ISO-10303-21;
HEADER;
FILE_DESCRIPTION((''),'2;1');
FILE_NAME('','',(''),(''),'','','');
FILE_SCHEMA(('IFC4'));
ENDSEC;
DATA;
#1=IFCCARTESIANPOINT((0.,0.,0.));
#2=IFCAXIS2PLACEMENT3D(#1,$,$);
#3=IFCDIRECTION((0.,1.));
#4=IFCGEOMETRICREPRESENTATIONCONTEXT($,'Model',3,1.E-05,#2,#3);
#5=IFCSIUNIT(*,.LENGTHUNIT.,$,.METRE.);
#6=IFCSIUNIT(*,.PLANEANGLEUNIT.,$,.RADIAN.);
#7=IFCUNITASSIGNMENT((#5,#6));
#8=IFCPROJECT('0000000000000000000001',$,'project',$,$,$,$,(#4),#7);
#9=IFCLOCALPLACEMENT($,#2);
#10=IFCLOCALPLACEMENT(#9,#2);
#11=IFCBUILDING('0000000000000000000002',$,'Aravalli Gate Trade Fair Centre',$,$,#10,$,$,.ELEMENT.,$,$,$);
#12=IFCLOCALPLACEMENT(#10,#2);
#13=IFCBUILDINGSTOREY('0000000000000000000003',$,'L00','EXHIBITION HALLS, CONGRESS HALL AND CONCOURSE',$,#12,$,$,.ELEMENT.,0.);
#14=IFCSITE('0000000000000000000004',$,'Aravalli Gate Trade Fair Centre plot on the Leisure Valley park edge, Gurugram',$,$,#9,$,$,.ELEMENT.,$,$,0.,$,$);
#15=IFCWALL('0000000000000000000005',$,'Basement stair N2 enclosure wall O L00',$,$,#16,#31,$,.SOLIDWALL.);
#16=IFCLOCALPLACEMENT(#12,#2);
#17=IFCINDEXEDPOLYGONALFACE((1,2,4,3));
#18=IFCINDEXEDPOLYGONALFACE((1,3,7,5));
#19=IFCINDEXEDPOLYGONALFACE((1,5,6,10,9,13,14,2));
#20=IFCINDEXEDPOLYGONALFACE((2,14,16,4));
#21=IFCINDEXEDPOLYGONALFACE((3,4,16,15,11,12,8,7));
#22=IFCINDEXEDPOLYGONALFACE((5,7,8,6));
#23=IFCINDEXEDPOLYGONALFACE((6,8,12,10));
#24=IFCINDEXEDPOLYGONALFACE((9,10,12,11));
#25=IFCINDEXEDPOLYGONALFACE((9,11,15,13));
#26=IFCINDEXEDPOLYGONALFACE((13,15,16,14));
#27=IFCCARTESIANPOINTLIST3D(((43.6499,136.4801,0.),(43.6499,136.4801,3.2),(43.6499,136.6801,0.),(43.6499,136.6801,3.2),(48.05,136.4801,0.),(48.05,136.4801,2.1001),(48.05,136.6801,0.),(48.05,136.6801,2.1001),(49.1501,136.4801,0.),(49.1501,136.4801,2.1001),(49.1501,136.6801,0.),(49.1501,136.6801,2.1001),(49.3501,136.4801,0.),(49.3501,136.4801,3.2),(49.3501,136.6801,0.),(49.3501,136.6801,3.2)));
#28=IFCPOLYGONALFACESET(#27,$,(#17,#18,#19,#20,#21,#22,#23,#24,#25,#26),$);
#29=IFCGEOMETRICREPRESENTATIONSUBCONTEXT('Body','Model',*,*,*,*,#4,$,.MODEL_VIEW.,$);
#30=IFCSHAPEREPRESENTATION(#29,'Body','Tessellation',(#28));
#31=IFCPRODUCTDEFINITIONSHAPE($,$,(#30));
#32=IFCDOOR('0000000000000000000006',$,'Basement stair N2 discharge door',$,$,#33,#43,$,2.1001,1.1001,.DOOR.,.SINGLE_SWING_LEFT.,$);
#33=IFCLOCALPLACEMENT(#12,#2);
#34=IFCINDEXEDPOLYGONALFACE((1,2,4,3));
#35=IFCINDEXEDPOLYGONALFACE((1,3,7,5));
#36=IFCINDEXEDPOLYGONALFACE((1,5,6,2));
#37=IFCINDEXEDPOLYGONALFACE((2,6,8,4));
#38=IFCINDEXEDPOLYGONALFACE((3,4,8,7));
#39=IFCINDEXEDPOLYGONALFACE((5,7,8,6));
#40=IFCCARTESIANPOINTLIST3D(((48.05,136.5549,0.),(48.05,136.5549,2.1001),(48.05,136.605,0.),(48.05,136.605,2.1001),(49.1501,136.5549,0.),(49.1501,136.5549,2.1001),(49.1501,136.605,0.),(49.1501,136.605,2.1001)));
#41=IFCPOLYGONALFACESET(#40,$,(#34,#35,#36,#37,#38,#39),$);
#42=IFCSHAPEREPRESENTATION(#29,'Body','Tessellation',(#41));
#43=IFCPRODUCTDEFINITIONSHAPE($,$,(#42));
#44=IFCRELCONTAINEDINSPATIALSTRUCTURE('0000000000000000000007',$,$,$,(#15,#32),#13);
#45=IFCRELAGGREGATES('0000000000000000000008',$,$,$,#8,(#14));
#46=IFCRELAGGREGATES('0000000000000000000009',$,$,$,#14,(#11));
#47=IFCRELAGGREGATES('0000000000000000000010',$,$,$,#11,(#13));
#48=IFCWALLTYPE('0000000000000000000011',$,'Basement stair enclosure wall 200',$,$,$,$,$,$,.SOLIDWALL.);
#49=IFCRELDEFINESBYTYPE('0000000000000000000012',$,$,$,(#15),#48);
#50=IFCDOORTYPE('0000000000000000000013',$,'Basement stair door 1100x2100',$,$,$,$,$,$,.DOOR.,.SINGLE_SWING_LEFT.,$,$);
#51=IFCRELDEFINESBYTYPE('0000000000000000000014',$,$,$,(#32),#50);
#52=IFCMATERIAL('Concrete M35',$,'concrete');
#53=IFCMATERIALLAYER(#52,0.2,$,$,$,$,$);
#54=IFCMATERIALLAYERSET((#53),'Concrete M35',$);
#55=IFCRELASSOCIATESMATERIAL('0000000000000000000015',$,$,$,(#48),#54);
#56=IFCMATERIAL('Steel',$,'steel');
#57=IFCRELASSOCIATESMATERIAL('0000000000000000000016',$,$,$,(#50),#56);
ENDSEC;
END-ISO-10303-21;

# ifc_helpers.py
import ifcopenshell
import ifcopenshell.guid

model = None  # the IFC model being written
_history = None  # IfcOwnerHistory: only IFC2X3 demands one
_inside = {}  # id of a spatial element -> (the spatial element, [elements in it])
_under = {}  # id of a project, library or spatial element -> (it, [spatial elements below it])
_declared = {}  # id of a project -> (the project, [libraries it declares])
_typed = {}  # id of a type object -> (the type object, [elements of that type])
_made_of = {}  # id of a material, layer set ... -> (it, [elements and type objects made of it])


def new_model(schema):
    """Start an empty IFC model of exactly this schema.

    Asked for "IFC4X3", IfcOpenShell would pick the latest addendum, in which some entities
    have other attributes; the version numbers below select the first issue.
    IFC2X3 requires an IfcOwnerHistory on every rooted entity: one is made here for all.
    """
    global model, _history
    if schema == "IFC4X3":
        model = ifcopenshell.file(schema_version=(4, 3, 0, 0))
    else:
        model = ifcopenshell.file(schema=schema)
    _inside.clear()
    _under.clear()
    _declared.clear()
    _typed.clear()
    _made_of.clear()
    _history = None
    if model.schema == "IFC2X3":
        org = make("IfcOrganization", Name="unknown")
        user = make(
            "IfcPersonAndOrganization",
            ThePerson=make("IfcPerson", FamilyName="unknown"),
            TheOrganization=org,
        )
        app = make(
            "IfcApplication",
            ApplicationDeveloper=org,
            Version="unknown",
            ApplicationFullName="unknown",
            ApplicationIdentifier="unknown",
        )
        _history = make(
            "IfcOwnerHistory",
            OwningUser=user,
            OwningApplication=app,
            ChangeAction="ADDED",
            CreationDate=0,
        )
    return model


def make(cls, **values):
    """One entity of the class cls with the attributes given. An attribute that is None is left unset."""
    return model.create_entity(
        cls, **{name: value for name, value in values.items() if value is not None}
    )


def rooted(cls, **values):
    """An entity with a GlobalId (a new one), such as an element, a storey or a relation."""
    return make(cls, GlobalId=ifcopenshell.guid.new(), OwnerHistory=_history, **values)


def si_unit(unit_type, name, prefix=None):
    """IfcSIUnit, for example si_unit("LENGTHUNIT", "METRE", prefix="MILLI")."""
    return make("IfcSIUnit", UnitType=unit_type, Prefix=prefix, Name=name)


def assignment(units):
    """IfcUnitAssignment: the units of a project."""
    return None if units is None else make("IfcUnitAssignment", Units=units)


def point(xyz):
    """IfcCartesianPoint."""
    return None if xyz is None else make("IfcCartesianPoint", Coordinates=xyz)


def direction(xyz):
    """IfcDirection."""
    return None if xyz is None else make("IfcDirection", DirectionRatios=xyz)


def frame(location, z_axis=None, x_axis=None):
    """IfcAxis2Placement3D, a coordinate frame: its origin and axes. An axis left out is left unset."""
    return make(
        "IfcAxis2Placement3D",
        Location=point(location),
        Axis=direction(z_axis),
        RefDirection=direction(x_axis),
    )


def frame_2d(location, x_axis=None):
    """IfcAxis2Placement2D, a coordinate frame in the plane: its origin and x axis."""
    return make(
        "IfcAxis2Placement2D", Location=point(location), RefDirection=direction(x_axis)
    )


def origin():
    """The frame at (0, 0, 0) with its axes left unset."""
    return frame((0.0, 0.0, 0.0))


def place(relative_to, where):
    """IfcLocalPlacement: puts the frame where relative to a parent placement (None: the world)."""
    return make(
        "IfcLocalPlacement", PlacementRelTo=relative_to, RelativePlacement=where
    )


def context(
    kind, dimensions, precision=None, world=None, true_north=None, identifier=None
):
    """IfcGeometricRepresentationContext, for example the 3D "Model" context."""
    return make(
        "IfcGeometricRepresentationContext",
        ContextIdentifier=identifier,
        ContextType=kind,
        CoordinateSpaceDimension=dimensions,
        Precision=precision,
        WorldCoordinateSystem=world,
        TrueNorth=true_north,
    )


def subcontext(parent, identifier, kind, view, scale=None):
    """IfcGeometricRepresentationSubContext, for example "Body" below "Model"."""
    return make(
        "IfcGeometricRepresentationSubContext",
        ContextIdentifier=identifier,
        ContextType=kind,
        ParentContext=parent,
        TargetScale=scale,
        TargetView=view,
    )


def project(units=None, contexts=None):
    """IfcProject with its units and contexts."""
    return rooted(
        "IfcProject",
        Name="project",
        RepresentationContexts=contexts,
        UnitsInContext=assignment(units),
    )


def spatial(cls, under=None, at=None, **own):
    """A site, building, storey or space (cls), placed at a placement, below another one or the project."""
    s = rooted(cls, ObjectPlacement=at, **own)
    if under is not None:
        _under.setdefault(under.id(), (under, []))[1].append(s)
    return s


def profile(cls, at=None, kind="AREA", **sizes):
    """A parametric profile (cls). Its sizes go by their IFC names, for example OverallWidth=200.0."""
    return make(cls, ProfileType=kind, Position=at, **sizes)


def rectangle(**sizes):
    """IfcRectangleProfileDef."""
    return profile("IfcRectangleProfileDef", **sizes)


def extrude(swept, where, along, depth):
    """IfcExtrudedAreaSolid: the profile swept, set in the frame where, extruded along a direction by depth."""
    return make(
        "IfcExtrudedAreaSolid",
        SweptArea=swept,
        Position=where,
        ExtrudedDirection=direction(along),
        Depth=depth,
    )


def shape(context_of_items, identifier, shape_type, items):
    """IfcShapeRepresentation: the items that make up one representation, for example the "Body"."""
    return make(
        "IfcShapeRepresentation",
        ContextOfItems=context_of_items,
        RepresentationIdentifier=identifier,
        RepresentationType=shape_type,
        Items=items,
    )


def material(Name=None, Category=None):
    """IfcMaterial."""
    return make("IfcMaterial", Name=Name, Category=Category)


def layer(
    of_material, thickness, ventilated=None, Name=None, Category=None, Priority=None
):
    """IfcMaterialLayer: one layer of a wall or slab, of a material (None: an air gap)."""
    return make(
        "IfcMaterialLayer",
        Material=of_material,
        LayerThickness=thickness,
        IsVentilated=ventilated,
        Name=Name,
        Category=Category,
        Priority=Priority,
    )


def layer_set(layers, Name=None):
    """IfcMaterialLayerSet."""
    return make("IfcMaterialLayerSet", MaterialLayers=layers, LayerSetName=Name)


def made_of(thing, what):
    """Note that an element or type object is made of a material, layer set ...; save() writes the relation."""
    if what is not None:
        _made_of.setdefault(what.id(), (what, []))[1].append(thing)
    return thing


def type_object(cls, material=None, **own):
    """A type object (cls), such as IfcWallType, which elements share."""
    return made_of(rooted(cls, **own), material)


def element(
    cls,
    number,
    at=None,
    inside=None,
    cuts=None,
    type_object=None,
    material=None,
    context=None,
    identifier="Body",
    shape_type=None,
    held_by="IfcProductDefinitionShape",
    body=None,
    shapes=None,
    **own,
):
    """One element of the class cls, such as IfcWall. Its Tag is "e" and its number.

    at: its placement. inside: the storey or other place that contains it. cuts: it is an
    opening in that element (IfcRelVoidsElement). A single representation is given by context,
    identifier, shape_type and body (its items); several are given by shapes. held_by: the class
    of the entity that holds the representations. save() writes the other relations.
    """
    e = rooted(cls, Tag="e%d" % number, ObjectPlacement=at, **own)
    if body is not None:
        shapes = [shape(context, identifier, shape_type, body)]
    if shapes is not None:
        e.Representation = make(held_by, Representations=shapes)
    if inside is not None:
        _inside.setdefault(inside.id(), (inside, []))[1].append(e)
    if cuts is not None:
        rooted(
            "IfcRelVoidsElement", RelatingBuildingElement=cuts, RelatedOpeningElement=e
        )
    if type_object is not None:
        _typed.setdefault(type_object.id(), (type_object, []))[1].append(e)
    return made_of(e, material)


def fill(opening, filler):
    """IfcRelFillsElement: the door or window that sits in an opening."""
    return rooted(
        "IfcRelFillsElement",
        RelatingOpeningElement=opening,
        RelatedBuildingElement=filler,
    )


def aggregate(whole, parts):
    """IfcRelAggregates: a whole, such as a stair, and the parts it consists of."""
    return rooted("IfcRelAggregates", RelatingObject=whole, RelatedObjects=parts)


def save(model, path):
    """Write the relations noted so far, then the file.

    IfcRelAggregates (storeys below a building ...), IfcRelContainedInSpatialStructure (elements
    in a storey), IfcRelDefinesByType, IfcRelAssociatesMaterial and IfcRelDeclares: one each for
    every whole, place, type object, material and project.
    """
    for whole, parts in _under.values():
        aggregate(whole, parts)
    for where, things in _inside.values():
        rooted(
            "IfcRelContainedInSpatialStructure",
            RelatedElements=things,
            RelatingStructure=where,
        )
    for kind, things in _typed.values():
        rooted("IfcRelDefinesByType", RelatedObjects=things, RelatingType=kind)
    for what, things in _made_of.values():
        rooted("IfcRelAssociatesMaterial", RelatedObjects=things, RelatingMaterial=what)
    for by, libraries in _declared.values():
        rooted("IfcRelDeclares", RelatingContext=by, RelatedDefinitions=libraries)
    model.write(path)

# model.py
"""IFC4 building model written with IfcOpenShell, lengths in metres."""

from ifc_helpers import new_model, si_unit, direction, frame, frame_2d, origin, place, context, subcontext, project, spatial, rectangle, extrude, material, layer, layer_set, type_object, element, fill, save


model = new_model("IFC4")

# Units and contexts
model_context = context("Model", 3, precision=1e-05, world=origin(), true_north=direction((0.0, 1.0)))
body_context = subcontext(model_context, "Body", "Model", "MODEL_VIEW")
ifc_project = project(units=[si_unit("LENGTHUNIT", "METRE"), si_unit("PLANEANGLEUNIT", "RADIAN")], contexts=[model_context])

# Site, building, storey
site_placement = place(None, origin())
site = spatial("IfcSite", under=ifc_project, at=site_placement, Name="Aravalli Gate Trade Fair Centre plot on the Leisure Valley park edge, Gurugram", CompositionType="ELEMENT", RefElevation=0.0)
building_placement = place(site_placement, origin())
building = spatial("IfcBuilding", under=site, at=building_placement, Name="Aravalli Gate Trade Fair Centre", CompositionType="ELEMENT")
storey_placement = place(building_placement, origin())
storey = spatial("IfcBuildingStorey", under=building, at=storey_placement, Name="L00", Description="EXHIBITION HALLS, CONGRESS HALL AND CONCOURSE", CompositionType="ELEMENT", Elevation=0.0)

# Shared definitions
ifc_material_1 = material(Name="Concrete M35", Category="concrete")
ifc_layer_1 = layer(ifc_material_1, 0.2)
ifc_layer_set_1 = layer_set([ifc_layer_1], Name="Concrete M35")
wall_type_1 = type_object("IfcWallType", Name="Basement stair enclosure wall 200", PredefinedType="SOLIDWALL", material=ifc_layer_set_1)

# Wall, opening, door
wall_1_placement = place(storey_placement, frame((49.3501, 136.5801, 0.0), z_axis=(0.0, 0.0, 1.0), x_axis=(-1.0, 0.0, 0.0)))
wall_1 = element("IfcWall", 1, at=wall_1_placement, inside=storey, type_object=wall_type_1, Name="Basement stair N2 enclosure wall O L00", PredefinedType="SOLIDWALL", context=body_context, shape_type="SweptSolid", body=[
    extrude(rectangle(XDim=5.7002, YDim=0.2, at=frame_2d((2.8501, 0.0))), origin(), (0.0, 0.0, 1.0), 3.2),
])
opening_1_placement = place(wall_1_placement, frame((0.2, 0.0, 0.0)))
opening_1 = element("IfcOpeningElement", 2, at=opening_1_placement, cuts=wall_1, PredefinedType="OPENING", context=body_context, shape_type="SweptSolid", body=[
    extrude(rectangle(XDim=1.1001, YDim=2.1001, at=frame_2d((0.55, 1.05))), frame((0.0, 0.1099, 0.0), z_axis=(0.0, -1.0, 0.0), x_axis=(1.0, 0.0, 0.0)), (0.0, 0.0, 1.0), 0.22),
])
ifc_material_2 = material(Name="Steel", Category="steel")
door_type_1 = type_object("IfcDoorType", Name="Basement stair door 1100x2100", OperationType="SINGLE_SWING_LEFT", PredefinedType="DOOR", material=ifc_material_2)
door_1_placement = place(opening_1_placement, frame((1.1001, 0.0, 0.0), z_axis=(0.0, 0.0, 1.0), x_axis=(-1.0, 0.0, 0.0)))
door_1 = element("IfcDoor", 3, at=door_1_placement, inside=storey, type_object=door_type_1, Name="Basement stair N2 discharge door", OperationType="SINGLE_SWING_LEFT", OverallHeight=2.1001, OverallWidth=1.1001, PredefinedType="DOOR", context=body_context, shape_type="SweptSolid", body=[
    extrude(rectangle(XDim=1.1001, YDim=2.1001, at=frame_2d((0.55, 1.05))), frame((0.0, 0.0249, 0.0), z_axis=(0.0, -1.0, 0.0), x_axis=(1.0, 0.0, 0.0)), (0.0, 0.0, 1.0), 0.05),
])
fill(opening_1, door_1)

save(model, "model.ifc")
